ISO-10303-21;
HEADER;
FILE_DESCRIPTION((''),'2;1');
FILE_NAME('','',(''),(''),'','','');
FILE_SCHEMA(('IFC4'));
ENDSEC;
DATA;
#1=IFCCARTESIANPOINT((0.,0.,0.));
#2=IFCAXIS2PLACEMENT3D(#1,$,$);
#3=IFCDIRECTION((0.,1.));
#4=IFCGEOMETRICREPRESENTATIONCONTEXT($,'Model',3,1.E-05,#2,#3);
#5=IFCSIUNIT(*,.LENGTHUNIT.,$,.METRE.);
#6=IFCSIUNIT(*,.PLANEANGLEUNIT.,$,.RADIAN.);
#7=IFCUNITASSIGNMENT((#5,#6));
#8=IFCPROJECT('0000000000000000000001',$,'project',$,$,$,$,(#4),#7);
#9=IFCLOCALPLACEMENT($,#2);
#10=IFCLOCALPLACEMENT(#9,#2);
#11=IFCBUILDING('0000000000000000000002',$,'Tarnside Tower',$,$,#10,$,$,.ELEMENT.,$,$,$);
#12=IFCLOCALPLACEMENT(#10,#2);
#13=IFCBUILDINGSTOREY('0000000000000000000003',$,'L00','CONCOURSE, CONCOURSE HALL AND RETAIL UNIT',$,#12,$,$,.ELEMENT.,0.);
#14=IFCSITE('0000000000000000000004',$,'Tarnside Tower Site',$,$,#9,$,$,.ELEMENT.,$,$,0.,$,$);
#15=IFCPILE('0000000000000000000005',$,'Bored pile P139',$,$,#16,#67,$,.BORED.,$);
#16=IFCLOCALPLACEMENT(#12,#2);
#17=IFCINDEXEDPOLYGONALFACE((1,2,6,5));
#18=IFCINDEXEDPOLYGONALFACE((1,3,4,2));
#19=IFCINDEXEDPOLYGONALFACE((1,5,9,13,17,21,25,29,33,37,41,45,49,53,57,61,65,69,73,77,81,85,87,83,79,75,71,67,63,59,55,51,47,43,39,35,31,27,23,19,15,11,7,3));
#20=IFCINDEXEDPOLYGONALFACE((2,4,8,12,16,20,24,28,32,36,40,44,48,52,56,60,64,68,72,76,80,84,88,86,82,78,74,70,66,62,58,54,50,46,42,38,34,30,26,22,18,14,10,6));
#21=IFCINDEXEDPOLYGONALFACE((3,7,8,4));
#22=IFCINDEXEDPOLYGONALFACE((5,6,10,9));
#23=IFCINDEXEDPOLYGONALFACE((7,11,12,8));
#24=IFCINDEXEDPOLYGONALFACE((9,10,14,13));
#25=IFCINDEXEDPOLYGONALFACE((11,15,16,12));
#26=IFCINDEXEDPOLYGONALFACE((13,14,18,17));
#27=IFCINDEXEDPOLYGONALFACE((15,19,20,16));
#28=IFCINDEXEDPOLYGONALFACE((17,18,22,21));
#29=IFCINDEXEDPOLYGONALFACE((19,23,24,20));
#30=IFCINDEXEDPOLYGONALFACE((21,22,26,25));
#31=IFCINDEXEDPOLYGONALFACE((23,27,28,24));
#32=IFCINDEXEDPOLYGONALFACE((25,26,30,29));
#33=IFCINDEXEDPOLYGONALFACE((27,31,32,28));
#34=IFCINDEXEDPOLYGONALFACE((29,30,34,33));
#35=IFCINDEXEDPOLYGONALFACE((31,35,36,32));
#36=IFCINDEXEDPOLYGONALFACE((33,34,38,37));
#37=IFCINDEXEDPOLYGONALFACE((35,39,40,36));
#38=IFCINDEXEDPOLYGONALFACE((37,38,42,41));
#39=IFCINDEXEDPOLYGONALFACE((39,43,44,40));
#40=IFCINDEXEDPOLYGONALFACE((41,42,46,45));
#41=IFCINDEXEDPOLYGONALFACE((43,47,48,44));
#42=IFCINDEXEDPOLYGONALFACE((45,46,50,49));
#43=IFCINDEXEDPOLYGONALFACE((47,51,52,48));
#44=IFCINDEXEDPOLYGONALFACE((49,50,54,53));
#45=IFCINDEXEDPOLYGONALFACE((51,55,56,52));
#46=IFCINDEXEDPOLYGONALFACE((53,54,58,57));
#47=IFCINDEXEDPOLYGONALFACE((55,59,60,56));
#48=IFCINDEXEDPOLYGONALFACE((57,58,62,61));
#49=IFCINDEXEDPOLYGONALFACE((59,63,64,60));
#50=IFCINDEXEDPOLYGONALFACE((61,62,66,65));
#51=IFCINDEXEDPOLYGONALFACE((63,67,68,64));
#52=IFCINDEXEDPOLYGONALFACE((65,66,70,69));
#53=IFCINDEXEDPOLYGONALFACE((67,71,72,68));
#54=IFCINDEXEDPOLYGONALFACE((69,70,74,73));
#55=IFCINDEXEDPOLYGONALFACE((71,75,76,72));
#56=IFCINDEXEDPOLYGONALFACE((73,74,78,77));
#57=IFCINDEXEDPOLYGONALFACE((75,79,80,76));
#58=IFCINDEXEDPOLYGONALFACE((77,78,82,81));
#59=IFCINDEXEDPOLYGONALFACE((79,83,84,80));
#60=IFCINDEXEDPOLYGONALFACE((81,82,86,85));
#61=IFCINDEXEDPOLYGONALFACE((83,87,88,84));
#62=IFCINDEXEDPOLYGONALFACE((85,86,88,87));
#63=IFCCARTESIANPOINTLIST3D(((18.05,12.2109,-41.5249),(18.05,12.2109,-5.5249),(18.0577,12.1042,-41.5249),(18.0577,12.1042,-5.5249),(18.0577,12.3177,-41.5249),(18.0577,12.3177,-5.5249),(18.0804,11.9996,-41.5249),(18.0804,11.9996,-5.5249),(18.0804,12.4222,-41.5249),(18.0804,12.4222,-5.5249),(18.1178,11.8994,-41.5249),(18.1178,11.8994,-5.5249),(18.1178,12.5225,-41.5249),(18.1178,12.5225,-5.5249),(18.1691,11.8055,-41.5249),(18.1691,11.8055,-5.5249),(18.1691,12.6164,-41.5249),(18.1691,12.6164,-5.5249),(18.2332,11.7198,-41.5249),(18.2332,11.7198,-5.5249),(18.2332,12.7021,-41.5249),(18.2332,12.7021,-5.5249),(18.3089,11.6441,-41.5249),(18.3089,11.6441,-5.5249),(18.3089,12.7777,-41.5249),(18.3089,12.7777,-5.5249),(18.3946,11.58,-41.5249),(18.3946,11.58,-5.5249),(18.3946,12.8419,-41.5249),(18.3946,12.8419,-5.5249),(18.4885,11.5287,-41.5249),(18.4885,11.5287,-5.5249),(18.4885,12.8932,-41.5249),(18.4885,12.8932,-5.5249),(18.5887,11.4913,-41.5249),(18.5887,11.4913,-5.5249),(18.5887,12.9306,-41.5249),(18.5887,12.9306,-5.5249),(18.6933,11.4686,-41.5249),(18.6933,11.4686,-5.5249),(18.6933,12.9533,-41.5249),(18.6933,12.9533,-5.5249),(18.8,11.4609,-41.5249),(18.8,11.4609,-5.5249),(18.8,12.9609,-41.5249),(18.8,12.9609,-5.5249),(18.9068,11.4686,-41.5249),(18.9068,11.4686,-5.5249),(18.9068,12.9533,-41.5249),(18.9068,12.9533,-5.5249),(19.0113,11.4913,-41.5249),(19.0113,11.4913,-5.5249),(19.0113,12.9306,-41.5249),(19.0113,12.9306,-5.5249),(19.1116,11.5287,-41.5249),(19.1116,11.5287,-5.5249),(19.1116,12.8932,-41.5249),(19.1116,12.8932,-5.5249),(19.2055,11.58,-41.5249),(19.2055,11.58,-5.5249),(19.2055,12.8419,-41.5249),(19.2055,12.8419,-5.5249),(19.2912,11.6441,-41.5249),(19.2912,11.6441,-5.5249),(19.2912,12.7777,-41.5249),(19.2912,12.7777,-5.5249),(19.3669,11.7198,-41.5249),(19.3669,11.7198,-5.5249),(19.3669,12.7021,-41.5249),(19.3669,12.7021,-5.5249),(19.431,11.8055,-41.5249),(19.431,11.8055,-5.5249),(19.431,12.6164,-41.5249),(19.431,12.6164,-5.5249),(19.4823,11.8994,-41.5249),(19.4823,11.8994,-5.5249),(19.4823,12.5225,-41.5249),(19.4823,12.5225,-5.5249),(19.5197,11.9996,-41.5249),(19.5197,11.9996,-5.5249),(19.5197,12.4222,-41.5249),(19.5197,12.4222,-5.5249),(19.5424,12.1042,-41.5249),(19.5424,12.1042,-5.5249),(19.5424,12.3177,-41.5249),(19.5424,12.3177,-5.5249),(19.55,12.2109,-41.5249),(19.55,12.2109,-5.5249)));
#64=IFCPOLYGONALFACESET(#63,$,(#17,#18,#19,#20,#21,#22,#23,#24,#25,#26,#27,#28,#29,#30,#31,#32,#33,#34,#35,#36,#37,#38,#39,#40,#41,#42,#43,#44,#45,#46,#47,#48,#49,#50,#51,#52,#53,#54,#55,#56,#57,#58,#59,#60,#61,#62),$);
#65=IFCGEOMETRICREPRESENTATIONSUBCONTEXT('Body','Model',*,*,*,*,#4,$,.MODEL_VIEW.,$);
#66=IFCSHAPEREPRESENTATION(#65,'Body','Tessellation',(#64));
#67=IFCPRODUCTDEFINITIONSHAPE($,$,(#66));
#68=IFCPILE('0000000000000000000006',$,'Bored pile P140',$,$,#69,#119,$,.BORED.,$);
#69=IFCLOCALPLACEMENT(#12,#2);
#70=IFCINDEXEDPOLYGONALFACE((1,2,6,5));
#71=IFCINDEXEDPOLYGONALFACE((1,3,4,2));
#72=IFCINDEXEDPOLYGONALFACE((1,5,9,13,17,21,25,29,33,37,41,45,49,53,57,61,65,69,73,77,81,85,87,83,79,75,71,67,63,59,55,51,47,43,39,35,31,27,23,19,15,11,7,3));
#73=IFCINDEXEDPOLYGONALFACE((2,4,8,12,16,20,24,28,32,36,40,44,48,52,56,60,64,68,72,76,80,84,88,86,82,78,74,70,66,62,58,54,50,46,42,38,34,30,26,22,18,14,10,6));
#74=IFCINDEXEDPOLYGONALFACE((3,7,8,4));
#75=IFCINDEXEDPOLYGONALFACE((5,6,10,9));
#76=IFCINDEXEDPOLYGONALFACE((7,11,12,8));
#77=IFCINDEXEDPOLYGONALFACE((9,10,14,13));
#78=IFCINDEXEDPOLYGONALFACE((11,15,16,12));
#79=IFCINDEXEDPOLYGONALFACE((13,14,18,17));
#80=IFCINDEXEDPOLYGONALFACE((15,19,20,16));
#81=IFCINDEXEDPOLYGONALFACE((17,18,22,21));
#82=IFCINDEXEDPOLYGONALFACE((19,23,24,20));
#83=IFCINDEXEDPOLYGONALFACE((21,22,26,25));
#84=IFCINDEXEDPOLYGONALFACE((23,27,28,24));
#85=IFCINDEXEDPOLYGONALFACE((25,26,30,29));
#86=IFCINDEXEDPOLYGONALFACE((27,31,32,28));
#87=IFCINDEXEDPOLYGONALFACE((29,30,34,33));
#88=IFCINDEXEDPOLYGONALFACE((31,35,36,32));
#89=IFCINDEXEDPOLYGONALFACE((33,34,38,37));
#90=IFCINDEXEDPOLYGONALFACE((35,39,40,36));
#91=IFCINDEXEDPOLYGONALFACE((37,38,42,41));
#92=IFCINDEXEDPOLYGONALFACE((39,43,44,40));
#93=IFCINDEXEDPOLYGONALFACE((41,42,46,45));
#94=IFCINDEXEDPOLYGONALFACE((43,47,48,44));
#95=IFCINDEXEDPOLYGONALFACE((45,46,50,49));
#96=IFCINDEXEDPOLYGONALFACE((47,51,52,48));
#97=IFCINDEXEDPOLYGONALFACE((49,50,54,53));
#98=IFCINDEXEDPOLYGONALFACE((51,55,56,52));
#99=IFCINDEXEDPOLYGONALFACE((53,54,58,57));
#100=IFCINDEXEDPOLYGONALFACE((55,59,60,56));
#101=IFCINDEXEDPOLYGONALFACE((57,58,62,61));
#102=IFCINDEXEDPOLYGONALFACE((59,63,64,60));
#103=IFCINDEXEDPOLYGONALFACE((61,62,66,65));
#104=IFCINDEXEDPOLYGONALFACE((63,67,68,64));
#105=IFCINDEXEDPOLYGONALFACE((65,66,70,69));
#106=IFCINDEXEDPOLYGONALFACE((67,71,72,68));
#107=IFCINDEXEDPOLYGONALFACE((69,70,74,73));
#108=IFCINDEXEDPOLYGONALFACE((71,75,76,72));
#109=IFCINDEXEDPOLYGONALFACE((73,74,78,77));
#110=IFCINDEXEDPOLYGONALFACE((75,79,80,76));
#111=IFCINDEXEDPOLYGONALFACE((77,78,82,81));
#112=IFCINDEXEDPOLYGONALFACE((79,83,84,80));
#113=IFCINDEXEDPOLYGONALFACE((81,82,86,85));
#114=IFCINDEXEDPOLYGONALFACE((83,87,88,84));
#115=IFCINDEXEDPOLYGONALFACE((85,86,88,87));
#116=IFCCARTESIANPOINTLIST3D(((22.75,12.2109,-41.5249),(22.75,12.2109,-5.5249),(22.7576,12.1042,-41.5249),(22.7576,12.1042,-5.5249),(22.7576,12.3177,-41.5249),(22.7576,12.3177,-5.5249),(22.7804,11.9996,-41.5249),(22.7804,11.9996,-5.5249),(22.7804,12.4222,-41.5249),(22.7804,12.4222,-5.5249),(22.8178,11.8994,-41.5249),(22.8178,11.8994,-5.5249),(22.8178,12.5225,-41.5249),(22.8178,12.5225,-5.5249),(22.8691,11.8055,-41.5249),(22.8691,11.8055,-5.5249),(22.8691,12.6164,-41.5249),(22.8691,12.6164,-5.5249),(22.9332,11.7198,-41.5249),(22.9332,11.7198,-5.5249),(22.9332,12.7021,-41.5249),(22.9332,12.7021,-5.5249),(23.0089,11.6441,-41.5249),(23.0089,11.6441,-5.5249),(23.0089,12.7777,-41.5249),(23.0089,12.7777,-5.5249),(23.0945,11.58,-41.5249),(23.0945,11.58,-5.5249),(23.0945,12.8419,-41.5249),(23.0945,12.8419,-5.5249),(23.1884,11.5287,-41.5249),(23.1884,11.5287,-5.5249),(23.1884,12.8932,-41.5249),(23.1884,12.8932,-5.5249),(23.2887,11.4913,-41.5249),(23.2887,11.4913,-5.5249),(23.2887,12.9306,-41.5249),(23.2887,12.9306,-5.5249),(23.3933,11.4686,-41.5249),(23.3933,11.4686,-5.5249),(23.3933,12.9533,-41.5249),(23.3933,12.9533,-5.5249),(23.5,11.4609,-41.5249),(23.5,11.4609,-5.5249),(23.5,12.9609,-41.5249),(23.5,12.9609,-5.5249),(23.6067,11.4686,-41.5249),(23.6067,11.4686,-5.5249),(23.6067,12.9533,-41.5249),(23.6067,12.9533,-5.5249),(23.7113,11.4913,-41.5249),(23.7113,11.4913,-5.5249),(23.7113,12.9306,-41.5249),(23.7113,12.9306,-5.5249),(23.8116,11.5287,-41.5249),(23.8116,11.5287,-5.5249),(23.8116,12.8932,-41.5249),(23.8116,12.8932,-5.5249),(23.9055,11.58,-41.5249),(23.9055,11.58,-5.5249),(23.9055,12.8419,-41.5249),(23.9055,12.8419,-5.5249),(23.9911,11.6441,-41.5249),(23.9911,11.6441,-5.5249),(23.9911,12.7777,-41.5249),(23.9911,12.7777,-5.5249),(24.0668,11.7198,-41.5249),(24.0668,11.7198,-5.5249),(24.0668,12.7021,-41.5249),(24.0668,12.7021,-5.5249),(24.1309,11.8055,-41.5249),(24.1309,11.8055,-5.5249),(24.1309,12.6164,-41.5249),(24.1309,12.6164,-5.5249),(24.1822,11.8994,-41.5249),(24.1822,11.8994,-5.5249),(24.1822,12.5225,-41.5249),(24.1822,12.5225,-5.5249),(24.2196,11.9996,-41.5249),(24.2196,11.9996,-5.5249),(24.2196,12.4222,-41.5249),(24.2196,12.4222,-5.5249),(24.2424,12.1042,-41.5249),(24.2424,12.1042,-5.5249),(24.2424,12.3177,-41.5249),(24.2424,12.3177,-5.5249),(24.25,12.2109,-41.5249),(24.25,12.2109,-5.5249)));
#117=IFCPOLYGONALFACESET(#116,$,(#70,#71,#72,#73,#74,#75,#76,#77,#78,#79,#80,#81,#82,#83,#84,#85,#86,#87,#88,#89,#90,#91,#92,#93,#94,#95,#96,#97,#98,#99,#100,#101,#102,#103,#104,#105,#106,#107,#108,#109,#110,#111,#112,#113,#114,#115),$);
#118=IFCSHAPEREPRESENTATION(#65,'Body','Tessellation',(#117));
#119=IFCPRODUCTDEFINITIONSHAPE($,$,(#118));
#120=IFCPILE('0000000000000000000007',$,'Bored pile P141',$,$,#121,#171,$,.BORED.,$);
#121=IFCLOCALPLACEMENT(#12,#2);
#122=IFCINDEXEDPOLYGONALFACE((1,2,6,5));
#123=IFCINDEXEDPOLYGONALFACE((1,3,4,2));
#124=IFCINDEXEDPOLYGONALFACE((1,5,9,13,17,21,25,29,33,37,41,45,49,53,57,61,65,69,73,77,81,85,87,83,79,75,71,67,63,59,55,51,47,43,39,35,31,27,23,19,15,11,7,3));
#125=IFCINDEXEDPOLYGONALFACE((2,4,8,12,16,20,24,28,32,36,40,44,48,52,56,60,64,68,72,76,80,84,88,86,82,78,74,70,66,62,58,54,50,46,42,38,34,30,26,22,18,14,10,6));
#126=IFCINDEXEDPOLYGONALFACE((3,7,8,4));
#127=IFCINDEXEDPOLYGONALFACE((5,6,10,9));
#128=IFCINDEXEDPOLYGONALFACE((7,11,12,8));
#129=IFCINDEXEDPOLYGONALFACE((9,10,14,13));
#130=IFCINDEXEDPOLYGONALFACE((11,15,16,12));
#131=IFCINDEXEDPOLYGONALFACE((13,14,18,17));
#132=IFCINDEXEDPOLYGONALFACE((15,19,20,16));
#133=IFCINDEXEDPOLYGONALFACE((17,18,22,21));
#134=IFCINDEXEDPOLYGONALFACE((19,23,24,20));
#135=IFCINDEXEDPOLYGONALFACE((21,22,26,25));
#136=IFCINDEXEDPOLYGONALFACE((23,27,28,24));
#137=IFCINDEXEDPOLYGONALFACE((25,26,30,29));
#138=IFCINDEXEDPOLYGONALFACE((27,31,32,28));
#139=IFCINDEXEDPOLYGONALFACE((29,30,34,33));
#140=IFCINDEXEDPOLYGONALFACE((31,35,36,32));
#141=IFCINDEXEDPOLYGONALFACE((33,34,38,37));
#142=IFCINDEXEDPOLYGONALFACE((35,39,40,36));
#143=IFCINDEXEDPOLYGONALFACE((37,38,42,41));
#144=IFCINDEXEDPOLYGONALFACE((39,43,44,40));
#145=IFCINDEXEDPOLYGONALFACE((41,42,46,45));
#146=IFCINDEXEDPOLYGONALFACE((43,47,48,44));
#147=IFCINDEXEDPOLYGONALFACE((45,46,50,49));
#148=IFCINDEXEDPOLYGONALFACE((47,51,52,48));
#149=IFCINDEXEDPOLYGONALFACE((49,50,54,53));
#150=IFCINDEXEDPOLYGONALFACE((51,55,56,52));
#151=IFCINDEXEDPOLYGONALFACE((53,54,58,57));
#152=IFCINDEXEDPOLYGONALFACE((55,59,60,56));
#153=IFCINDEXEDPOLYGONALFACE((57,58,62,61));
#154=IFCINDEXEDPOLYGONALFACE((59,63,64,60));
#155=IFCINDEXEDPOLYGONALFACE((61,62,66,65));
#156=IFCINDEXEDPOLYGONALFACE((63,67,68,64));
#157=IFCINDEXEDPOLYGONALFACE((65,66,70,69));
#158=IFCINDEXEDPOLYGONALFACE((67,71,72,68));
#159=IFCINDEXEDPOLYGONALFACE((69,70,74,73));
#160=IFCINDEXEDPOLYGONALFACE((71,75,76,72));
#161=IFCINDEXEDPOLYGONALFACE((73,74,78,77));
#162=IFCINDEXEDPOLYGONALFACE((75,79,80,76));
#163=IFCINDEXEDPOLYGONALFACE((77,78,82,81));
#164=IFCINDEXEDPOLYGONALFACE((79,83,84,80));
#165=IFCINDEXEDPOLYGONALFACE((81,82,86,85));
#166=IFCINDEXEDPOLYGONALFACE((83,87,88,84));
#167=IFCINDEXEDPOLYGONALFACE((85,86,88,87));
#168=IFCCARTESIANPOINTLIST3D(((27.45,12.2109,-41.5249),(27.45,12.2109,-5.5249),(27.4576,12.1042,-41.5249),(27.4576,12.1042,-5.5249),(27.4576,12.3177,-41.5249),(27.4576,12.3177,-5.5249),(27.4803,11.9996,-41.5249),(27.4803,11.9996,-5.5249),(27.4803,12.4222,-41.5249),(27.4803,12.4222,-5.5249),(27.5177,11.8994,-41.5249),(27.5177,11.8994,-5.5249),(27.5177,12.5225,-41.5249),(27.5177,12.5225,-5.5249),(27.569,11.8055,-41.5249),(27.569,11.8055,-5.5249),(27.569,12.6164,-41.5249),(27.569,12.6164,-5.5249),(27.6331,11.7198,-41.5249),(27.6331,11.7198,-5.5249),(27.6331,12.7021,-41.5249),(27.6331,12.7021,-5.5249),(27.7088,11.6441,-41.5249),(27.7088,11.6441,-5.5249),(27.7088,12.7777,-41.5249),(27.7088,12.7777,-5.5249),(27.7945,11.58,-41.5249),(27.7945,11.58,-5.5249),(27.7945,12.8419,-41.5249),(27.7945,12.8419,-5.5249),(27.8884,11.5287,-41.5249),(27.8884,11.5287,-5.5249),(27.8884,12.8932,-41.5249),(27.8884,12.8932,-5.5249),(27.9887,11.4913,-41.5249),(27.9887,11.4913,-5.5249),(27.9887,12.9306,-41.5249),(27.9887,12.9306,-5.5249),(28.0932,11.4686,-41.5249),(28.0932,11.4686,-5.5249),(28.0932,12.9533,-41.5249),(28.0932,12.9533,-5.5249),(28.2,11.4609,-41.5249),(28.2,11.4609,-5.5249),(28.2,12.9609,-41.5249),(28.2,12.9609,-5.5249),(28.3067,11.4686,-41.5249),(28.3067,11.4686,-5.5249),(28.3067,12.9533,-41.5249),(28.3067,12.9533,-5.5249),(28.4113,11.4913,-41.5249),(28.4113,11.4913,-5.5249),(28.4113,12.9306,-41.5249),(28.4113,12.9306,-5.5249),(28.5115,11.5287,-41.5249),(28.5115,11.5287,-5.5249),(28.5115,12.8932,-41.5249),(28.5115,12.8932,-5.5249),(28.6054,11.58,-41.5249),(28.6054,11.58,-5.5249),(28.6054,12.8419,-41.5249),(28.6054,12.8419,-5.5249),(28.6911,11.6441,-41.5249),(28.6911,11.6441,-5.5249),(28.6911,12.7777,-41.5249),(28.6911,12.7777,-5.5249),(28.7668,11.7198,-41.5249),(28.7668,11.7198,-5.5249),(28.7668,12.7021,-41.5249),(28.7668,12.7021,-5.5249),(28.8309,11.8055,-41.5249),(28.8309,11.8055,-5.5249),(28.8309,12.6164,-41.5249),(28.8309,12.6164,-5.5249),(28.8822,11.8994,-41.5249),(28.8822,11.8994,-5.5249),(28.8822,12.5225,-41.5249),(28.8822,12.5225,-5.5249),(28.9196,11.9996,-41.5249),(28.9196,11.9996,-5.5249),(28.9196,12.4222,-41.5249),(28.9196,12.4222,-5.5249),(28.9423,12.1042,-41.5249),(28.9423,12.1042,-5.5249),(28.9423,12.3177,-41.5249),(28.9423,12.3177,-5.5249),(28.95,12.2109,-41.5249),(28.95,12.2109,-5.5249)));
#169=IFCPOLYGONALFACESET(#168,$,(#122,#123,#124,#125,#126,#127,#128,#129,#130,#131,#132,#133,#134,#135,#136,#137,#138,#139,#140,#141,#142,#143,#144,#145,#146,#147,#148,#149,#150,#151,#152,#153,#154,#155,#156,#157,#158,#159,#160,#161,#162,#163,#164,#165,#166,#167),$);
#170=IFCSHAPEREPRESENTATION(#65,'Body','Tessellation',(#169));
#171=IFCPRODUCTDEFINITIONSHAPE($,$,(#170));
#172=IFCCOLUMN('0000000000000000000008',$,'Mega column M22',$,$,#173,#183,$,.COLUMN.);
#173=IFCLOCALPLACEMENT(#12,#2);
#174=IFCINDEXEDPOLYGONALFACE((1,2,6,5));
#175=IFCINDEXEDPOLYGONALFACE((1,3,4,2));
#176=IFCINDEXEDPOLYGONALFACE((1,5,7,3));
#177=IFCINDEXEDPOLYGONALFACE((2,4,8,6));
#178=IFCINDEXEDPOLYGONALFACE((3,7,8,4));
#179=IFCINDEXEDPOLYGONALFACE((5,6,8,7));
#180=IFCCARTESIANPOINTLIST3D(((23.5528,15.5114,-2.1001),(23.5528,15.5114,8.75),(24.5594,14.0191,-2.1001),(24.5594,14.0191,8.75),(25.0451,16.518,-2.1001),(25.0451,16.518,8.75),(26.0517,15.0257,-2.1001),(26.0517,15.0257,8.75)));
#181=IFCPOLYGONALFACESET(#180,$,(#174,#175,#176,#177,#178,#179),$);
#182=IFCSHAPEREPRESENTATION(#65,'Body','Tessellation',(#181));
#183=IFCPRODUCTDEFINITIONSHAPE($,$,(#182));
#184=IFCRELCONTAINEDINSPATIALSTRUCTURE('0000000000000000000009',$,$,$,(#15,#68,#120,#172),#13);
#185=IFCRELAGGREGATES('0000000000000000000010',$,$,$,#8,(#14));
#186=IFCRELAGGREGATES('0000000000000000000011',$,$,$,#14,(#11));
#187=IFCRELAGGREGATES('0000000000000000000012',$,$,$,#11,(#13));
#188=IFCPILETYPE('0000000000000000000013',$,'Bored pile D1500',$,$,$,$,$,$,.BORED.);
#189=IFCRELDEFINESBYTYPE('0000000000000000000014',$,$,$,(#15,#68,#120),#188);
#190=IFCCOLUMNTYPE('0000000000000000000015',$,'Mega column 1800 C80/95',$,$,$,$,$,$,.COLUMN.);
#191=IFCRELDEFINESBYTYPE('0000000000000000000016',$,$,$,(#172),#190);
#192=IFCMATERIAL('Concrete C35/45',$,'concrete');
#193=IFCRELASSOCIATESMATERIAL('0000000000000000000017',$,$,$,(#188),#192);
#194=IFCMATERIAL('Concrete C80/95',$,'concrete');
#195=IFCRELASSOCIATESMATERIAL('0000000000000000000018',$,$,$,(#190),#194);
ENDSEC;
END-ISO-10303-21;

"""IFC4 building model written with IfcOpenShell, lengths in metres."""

from ifc_helpers import new_model, si_unit, direction, frame, origin, origin_2d, place, context, subcontext, project, spatial, rectangle, circle, extrude, material, material_profile, profile_set, type_object, element, save


model = new_model("IFC4")

# Units and contexts
model_context = context("Model", 3, precision=1e-05, world=origin(), true_north=direction((0.0, 1.0)))
body_context = subcontext(model_context, "Body", "Model", "MODEL_VIEW")
ifc_project = project(units=[si_unit("LENGTHUNIT", "METRE"), si_unit("PLANEANGLEUNIT", "RADIAN")], contexts=[model_context])

# Site, building, storey
site_placement = place(None, origin())
site = spatial("IfcSite", under=ifc_project, at=site_placement, Name="Tarnside Tower Site", CompositionType="ELEMENT", RefElevation=0.0)
building_placement = place(site_placement, origin())
building = spatial("IfcBuilding", under=site, at=building_placement, Name="Tarnside Tower", CompositionType="ELEMENT")
storey_placement = place(building_placement, origin())
storey = spatial("IfcBuildingStorey", under=building, at=storey_placement, Name="L00", Description="CONCOURSE, CONCOURSE HALL AND RETAIL UNIT", CompositionType="ELEMENT", Elevation=0.0)

# Piles
ifc_material_1 = material(Name="Concrete C35/45", Category="concrete")
ifc_material_profile_1 = material_profile(ifc_material_1, circle(Radius=0.75, at=origin_2d()), Name="Bored pile D1500")
ifc_profile_set_1 = profile_set([ifc_material_profile_1], Name="Concrete C35/45")
pile_type = type_object("IfcPileType", Name="Bored pile D1500", PredefinedType="BORED", material=ifc_profile_set_1)
for number, where, z_axis, x_axis, name in (
    (1, (18.8, 12.2109, -5.5249), (0.0, 0.0, -1.0), (1.0, 0.0, 0.0), "Bored pile P139"),
    (2, (23.5, 12.2109, -5.5249), (0.0, 0.0, -1.0), (1.0, 0.0, 0.0), "Bored pile P140"),
    (3, (28.2, 12.2109, -5.5249), (0.0, 0.0, -1.0), (1.0, 0.0, 0.0), "Bored pile P141"),
):
    element("IfcPile", number, at=place(storey_placement, frame(where, z_axis=z_axis, x_axis=x_axis)), inside=storey, type_object=pile_type, Name=name, PredefinedType="BORED", context=body_context, shape_type="SweptSolid", body=[
        extrude(circle(Radius=0.75, at=origin_2d()), origin(), (0.0, 0.0, 1.0), 36.0),
    ])

# Column
ifc_material_2 = material(Name="Concrete C80/95", Category="concrete")
ifc_material_profile_2 = material_profile(ifc_material_2, rectangle(XDim=1.8, YDim=1.8, at=origin_2d()), Name="Mega column 1800x1800")
ifc_profile_set_2 = profile_set([ifc_material_profile_2], Name="Concrete C80/95")
column_type_1 = type_object("IfcColumnType", Name="Mega column 1800 C80/95", PredefinedType="COLUMN", material=ifc_profile_set_2)
column_placement = place(storey_placement, frame((24.8022, 15.2686, -2.1001), z_axis=(0.0, 0.0, 1.0), x_axis=(0.559193, -0.829038, 0.0)))
element("IfcColumn", 4, at=column_placement, inside=storey, type_object=column_type_1, Name="Mega column M22", PredefinedType="COLUMN", context=body_context, shape_type="SweptSolid", body=[
    extrude(rectangle(XDim=1.8, YDim=1.8, at=origin_2d()), origin(), (0.0, 0.0, 1.0), 10.8501),
])

save(model, "model.ifc")
